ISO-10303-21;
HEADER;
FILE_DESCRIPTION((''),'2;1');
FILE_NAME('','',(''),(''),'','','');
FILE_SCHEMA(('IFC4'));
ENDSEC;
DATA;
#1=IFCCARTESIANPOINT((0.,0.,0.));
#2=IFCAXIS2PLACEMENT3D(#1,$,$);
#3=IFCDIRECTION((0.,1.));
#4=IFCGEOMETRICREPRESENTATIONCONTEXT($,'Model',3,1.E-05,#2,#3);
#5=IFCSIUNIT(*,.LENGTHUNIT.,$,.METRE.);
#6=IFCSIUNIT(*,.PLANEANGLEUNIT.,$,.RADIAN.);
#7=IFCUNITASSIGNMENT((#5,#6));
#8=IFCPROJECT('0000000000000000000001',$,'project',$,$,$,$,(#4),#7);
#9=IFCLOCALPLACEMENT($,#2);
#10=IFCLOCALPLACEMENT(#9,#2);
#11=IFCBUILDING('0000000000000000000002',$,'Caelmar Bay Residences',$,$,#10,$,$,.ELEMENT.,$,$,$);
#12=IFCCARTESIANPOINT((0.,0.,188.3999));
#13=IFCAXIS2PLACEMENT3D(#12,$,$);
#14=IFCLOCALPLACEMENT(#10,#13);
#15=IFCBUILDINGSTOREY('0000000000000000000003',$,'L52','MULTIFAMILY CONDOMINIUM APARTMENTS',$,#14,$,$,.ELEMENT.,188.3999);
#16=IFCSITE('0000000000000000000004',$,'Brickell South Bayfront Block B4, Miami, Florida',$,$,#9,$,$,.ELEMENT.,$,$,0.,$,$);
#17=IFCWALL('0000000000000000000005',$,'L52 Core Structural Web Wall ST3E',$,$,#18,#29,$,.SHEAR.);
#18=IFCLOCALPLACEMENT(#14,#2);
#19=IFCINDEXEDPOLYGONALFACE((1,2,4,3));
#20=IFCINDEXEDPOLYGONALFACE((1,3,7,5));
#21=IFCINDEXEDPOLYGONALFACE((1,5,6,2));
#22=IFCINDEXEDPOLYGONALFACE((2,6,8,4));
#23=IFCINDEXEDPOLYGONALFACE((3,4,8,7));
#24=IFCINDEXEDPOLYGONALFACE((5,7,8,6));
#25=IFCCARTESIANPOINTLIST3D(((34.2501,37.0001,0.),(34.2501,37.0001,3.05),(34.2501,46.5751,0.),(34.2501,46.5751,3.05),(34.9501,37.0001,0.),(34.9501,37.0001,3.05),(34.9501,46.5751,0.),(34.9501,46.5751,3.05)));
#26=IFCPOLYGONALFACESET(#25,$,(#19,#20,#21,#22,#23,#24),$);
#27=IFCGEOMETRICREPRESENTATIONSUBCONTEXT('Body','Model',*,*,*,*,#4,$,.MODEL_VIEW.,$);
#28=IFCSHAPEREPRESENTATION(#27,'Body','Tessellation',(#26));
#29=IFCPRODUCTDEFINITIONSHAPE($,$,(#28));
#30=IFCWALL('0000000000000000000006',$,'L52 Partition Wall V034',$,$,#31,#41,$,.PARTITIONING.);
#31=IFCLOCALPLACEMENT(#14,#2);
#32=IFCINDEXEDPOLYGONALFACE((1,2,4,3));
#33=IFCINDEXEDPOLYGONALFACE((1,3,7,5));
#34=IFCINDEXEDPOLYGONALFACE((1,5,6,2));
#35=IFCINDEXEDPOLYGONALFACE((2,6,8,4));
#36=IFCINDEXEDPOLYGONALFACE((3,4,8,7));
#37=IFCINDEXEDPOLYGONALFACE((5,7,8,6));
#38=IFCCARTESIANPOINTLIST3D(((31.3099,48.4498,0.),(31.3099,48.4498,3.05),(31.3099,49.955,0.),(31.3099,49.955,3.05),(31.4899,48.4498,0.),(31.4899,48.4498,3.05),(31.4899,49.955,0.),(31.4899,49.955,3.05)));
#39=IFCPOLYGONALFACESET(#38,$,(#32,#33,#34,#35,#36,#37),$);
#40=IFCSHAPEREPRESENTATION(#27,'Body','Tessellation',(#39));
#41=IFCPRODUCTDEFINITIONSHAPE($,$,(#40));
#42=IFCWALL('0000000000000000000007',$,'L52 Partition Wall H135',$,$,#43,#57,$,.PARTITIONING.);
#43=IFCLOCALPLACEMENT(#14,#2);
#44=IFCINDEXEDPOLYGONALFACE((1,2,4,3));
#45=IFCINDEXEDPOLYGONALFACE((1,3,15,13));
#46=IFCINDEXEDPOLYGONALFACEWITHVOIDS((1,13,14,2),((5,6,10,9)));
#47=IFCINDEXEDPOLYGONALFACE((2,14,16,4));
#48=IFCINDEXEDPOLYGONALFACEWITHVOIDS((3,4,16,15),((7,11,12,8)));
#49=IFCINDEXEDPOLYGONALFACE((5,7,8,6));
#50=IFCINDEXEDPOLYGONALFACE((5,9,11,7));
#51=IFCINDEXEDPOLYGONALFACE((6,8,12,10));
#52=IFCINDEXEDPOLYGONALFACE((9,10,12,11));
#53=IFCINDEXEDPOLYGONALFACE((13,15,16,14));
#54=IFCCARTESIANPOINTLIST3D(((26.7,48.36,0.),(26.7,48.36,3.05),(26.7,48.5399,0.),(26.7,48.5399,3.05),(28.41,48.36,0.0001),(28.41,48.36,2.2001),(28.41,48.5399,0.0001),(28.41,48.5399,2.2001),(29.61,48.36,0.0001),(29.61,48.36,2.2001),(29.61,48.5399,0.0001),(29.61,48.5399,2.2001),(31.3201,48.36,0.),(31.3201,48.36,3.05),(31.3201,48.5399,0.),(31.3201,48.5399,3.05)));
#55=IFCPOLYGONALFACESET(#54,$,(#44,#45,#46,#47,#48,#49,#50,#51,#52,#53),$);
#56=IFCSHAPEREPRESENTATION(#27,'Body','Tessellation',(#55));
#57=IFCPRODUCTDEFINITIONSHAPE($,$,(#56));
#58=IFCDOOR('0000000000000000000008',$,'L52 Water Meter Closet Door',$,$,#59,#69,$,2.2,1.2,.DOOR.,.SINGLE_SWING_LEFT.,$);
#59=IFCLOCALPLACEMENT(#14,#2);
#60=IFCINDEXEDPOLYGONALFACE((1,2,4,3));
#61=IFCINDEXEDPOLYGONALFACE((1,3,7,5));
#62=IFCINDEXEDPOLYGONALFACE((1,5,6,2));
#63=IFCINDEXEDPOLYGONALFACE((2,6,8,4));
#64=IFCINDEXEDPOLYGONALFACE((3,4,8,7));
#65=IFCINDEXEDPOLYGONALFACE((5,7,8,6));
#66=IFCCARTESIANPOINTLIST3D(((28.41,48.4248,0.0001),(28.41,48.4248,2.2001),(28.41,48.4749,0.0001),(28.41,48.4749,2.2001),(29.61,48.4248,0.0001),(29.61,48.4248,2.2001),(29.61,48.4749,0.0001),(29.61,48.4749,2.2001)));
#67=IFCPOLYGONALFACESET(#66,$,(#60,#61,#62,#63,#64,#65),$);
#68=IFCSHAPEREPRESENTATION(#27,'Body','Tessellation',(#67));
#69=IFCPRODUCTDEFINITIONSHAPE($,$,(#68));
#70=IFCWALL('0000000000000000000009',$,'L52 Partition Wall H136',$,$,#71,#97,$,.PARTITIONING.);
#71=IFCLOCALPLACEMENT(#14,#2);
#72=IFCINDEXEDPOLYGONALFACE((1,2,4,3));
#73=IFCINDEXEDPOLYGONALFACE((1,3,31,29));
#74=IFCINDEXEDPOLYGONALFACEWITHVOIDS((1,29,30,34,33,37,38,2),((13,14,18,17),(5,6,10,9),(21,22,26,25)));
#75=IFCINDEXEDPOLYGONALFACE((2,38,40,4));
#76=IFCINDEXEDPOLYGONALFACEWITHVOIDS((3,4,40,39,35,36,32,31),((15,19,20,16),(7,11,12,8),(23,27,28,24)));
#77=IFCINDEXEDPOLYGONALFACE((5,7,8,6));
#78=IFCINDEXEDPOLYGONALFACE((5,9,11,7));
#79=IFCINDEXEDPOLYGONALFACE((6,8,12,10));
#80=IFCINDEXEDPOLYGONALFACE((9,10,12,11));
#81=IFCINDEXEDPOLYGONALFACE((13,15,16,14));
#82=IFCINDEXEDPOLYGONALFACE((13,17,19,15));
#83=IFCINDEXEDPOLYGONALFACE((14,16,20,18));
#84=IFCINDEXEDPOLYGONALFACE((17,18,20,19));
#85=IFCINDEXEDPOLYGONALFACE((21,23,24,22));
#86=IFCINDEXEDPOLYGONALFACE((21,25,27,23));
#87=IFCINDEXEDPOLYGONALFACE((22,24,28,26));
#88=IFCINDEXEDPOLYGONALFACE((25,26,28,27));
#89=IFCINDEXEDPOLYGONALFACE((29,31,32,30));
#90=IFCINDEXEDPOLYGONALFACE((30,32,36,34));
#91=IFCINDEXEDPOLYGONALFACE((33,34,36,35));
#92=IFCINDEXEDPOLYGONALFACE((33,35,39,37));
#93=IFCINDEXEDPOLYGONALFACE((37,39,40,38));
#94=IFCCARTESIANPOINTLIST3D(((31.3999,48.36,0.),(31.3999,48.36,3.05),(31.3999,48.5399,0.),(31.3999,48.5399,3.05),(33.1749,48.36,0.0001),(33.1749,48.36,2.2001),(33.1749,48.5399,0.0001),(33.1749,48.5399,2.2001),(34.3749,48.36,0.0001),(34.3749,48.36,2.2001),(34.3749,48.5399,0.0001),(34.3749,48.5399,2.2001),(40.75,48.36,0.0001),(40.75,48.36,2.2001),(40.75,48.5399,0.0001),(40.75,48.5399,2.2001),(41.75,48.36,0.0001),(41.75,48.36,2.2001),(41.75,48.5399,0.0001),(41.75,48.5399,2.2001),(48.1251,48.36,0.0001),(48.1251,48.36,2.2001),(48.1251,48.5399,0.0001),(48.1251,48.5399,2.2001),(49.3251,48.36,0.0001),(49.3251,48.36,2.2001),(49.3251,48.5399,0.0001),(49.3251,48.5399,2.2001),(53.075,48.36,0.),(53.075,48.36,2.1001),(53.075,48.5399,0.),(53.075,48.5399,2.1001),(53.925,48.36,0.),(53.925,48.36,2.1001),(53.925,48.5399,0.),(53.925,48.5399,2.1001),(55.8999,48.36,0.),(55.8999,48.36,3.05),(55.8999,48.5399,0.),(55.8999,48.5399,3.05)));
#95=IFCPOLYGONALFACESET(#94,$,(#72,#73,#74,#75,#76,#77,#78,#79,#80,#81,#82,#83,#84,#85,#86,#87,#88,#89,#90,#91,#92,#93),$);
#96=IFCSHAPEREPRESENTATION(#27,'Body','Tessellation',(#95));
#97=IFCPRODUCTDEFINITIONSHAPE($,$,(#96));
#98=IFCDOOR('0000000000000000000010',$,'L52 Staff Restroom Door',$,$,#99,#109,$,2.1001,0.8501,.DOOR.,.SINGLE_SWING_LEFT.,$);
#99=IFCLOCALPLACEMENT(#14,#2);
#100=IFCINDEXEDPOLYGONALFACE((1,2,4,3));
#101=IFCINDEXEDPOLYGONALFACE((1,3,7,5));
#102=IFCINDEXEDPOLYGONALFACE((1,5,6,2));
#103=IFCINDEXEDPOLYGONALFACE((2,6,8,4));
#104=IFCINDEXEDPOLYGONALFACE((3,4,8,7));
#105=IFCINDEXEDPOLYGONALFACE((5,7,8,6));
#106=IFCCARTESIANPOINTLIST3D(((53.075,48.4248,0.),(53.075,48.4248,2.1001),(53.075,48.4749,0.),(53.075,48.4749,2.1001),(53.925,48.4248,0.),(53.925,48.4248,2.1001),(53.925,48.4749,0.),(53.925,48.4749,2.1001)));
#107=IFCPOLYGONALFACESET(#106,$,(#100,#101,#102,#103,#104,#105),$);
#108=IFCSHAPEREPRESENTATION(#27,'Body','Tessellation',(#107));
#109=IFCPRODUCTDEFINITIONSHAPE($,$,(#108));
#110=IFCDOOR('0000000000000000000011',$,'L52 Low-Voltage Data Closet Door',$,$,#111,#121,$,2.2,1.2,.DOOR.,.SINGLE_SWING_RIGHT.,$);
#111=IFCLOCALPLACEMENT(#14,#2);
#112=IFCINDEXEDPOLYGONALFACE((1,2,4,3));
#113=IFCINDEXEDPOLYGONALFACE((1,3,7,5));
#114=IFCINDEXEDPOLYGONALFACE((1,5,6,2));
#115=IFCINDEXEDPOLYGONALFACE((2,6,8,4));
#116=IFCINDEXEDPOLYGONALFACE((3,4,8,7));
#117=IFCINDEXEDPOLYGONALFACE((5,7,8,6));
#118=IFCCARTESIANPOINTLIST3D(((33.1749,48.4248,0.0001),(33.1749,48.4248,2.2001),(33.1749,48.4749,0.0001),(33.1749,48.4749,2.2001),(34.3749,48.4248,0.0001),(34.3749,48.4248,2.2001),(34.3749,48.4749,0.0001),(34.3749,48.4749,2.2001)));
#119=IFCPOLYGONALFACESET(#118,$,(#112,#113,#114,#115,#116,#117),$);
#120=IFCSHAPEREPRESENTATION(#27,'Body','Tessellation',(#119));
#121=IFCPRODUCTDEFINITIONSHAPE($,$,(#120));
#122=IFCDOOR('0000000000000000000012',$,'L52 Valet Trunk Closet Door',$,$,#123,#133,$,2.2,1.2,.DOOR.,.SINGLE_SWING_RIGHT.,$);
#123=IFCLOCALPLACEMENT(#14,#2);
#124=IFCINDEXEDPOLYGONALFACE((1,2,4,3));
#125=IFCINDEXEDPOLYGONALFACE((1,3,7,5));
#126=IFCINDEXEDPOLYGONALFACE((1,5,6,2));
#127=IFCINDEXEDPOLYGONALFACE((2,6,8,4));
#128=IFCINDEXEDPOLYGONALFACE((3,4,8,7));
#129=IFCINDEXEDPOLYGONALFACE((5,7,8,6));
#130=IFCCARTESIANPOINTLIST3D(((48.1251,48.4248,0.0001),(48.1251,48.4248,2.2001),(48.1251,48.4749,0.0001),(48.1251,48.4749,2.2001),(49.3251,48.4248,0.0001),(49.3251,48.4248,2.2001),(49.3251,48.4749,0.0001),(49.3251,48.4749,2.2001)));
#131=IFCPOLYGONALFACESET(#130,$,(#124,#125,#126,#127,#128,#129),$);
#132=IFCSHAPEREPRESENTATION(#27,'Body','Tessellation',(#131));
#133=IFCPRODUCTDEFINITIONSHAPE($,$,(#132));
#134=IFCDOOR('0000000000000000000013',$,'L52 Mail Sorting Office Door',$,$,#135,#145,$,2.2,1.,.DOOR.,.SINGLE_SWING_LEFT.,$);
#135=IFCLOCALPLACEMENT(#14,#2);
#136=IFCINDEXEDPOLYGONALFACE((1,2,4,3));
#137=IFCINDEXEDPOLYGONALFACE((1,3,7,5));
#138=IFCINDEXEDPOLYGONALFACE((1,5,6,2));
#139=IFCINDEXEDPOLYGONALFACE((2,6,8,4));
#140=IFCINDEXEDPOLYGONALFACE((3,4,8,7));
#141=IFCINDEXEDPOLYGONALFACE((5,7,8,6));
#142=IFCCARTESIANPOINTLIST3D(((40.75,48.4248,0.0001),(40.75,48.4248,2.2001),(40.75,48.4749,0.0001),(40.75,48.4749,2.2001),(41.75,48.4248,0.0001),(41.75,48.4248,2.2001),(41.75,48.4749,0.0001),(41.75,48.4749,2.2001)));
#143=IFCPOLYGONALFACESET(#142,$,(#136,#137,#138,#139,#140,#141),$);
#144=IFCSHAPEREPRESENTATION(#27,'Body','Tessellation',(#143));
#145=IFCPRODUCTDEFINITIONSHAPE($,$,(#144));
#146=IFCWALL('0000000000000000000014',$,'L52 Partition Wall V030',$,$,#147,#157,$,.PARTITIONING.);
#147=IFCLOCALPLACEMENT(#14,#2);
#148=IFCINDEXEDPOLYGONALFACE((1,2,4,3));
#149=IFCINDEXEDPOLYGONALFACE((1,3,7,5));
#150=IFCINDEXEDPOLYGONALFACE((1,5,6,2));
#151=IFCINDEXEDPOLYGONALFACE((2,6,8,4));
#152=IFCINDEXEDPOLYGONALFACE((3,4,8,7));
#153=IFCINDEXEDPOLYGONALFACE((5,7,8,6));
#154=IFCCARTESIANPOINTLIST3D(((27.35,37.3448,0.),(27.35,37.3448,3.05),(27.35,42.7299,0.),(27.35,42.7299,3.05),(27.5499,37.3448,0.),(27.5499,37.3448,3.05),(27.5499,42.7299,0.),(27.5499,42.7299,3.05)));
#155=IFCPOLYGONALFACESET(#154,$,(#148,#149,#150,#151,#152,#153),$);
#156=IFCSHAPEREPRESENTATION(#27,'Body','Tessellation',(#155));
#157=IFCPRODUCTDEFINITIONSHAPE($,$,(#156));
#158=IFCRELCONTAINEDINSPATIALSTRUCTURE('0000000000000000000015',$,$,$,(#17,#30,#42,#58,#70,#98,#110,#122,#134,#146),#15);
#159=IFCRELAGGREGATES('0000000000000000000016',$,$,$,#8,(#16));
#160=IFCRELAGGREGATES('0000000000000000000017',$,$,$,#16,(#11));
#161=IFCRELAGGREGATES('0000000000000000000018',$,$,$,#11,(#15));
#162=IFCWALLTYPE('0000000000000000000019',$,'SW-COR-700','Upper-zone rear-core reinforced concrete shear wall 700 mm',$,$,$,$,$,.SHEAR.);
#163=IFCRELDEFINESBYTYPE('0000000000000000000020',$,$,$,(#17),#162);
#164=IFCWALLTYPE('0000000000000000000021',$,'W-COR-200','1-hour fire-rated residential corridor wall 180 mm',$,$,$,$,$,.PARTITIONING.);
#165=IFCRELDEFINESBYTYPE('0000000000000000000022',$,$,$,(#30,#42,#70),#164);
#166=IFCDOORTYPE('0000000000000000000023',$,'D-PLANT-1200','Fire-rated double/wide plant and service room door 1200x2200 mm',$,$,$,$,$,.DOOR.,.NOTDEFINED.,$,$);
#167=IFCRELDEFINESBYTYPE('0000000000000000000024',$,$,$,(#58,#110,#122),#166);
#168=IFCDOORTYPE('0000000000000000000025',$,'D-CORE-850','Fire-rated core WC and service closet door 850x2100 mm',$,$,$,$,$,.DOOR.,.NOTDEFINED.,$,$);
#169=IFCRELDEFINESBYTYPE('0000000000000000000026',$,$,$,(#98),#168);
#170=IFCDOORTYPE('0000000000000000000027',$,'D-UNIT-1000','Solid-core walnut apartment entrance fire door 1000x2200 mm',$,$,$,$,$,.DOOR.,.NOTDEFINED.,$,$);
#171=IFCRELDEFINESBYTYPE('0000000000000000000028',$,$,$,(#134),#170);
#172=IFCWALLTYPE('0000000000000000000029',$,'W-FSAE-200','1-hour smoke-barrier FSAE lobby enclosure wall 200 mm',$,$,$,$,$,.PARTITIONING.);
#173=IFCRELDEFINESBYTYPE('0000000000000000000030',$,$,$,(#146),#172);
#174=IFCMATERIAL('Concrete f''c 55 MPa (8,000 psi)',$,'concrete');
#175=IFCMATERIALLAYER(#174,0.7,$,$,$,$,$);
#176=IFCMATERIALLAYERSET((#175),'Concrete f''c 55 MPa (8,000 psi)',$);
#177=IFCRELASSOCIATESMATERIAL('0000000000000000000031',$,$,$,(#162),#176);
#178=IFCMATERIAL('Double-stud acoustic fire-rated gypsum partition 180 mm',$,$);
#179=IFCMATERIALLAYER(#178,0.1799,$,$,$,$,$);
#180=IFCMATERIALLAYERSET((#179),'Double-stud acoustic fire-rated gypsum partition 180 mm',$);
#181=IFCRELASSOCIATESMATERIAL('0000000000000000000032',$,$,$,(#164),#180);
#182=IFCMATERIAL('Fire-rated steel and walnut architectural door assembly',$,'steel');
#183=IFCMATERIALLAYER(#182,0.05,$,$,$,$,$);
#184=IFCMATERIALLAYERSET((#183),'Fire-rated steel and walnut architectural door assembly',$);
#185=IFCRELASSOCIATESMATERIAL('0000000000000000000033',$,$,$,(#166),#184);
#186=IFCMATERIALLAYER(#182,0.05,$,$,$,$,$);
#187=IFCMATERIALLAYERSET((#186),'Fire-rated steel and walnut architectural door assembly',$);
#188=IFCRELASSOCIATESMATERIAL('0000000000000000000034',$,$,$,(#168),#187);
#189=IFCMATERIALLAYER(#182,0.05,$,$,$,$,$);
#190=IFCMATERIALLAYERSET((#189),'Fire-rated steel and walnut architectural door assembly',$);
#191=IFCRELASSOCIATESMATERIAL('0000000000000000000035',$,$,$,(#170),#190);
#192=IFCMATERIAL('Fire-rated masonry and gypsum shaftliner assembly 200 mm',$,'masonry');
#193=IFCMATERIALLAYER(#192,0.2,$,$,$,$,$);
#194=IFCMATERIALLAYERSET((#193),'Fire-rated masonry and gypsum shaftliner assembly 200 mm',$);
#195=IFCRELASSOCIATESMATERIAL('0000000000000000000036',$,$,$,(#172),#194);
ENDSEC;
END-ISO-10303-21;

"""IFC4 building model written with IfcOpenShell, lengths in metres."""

from ifc_helpers import new_model, si_unit, direction, frame, frame_2d, origin, place, context, subcontext, project, spatial, rectangle, extrude, material, layer, layer_set, type_object, element, fill, save


model = new_model("IFC4")

# Units and contexts
model_context = context("Model", 3, precision=1e-05, world=origin(), true_north=direction((0.0, 1.0)))
body_context = subcontext(model_context, "Body", "Model", "MODEL_VIEW")
ifc_project = project(units=[si_unit("LENGTHUNIT", "METRE"), si_unit("PLANEANGLEUNIT", "RADIAN")], contexts=[model_context])

# Site, building, storey
site_placement = place(None, origin())
site = spatial("IfcSite", under=ifc_project, at=site_placement, Name="Brickell South Bayfront Block B4, Miami, Florida", CompositionType="ELEMENT", RefElevation=0.0)
building_placement = place(site_placement, origin())
building = spatial("IfcBuilding", under=site, at=building_placement, Name="Caelmar Bay Residences", CompositionType="ELEMENT")
storey_placement = place(building_placement, frame((0.0, 0.0, 188.3999)))
storey = spatial("IfcBuildingStorey", under=building, at=storey_placement, Name="L52", Description="MULTIFAMILY CONDOMINIUM APARTMENTS", CompositionType="ELEMENT", Elevation=188.3999)

# Walls
ifc_material_1 = material(Name="Concrete f'c 55 MPa (8,000 psi)", Category="concrete")
ifc_layer_1 = layer(ifc_material_1, 0.7)
ifc_layer_set_1 = layer_set([ifc_layer_1], Name="Concrete f'c 55 MPa (8,000 psi)")
wall_type_1 = type_object("IfcWallType", Name="SW-COR-700", Description="Upper-zone rear-core reinforced concrete shear wall 700 mm", PredefinedType="SHEAR", material=ifc_layer_set_1)
wall_1_placement = place(storey_placement, frame((34.6001, 37.0, 0.0), z_axis=(0.0, 0.0, 1.0), x_axis=(0.0, 1.0, 0.0)))
element("IfcWall", 1, at=wall_1_placement, inside=storey, type_object=wall_type_1, Name="L52 Core Structural Web Wall ST3E", PredefinedType="SHEAR", context=body_context, shape_type="SweptSolid", body=[
    extrude(rectangle(XDim=9.575, YDim=0.7, at=frame_2d((4.7876, 0.0))), origin(), (0.0, 0.0, 1.0), 3.05),
])
ifc_material_2 = material(Name="Double-stud acoustic fire-rated gypsum partition 180 mm")
ifc_layer_2 = layer(ifc_material_2, 0.1799)
ifc_layer_set_2 = layer_set([ifc_layer_2], Name="Double-stud acoustic fire-rated gypsum partition 180 mm")
wall_type_2 = type_object("IfcWallType", Name="W-COR-200", Description="1-hour fire-rated residential corridor wall 180 mm", PredefinedType="PARTITIONING", material=ifc_layer_set_2)
wall_2_placement = place(storey_placement, frame((31.3999, 48.45, 0.0), z_axis=(0.0, 0.0, 1.0), x_axis=(0.0, 1.0, 0.0)))
element("IfcWall", 2, at=wall_2_placement, inside=storey, type_object=wall_type_2, Name="L52 Partition Wall V034", PredefinedType="PARTITIONING", context=body_context, shape_type="SweptSolid", body=[
    extrude(rectangle(XDim=1.5051, YDim=0.1799, at=frame_2d((0.7524, 0.0))), origin(), (0.0, 0.0, 1.0), 3.05),
])

# Wall, opening, door
wall_3_placement = place(storey_placement, frame((26.7, 48.45, 0.0), z_axis=(0.0, 0.0, 1.0), x_axis=(1.0, 0.0, 0.0)))
wall_3 = element("IfcWall", 3, at=wall_3_placement, inside=storey, type_object=wall_type_2, Name="L52 Partition Wall H135", PredefinedType="PARTITIONING", context=body_context, shape_type="SweptSolid", body=[
    extrude(rectangle(XDim=4.6201, YDim=0.1799, at=frame_2d((2.3101, 0.0))), origin(), (0.0, 0.0, 1.0), 3.05),
])
opening_1_placement = place(wall_3_placement, frame((1.71, 0.0, 0.0)))
opening_1 = element("IfcOpeningElement", 4, at=opening_1_placement, cuts=wall_3, PredefinedType="OPENING", context=body_context, shape_type="SweptSolid", body=[
    extrude(rectangle(XDim=1.2, YDim=2.2, at=frame_2d((0.6001, 1.1001))), frame((0.0, 0.0999, 0.0), z_axis=(0.0, -1.0, 0.0), x_axis=(1.0, 0.0, 0.0)), (0.0, 0.0, 1.0), 0.2),
])
ifc_material_3 = material(Name="Fire-rated steel and walnut architectural door assembly", Category="steel")
ifc_layer_3 = layer(ifc_material_3, 0.05)
ifc_layer_set_3 = layer_set([ifc_layer_3], Name="Fire-rated steel and walnut architectural door assembly")
door_type_1 = type_object("IfcDoorType", Name="D-PLANT-1200", Description="Fire-rated double/wide plant and service room door 1200x2200 mm", OperationType="NOTDEFINED", PredefinedType="DOOR", material=ifc_layer_set_3)
door_1_placement = place(opening_1_placement, origin())
door_1 = element("IfcDoor", 5, at=door_1_placement, inside=storey, type_object=door_type_1, Name="L52 Water Meter Closet Door", OperationType="SINGLE_SWING_LEFT", OverallHeight=2.2, OverallWidth=1.2, PredefinedType="DOOR", context=body_context, shape_type="SweptSolid", body=[
    extrude(rectangle(XDim=1.2, YDim=2.2, at=frame_2d((0.6001, 1.1001))), frame((0.0, 0.0249, 0.0), z_axis=(0.0, -1.0, 0.0), x_axis=(1.0, 0.0, 0.0)), (0.0, 0.0, 1.0), 0.05),
])
fill(opening_1, door_1)

# Wall, openings, doors
wall_4_placement = place(storey_placement, frame((31.3999, 48.45, 0.0), z_axis=(0.0, 0.0, 1.0), x_axis=(1.0, 0.0, 0.0)))
wall_4 = element("IfcWall", 6, at=wall_4_placement, inside=storey, type_object=wall_type_2, Name="L52 Partition Wall H136", PredefinedType="PARTITIONING", context=body_context, shape_type="SweptSolid", body=[
    extrude(rectangle(XDim=24.5, YDim=0.1799, at=frame_2d((12.25, 0.0))), origin(), (0.0, 0.0, 1.0), 3.05),
])
opening_2_placement = place(wall_4_placement, frame((1.7749, 0.0, 0.0)))
opening_2 = element("IfcOpeningElement", 7, at=opening_2_placement, cuts=wall_4, PredefinedType="OPENING", context=body_context, shape_type="SweptSolid", body=[
    extrude(rectangle(XDim=1.2, YDim=2.2, at=frame_2d((0.6001, 1.1001))), frame((0.0, 0.0999, 0.0), z_axis=(0.0, -1.0, 0.0), x_axis=(1.0, 0.0, 0.0)), (0.0, 0.0, 1.0), 0.2),
])
opening_3_placement = place(wall_4_placement, frame((9.3501, 0.0, 0.0)))
opening_3 = element("IfcOpeningElement", 8, at=opening_3_placement, cuts=wall_4, PredefinedType="OPENING", context=body_context, shape_type="SweptSolid", body=[
    extrude(rectangle(XDim=1.0, YDim=2.2, at=frame_2d((0.5, 1.1001))), frame((0.0, 0.0999, 0.0), z_axis=(0.0, -1.0, 0.0), x_axis=(1.0, 0.0, 0.0)), (0.0, 0.0, 1.0), 0.2),
])
opening_4_placement = place(wall_4_placement, frame((16.7251, 0.0, 0.0)))
opening_4 = element("IfcOpeningElement", 9, at=opening_4_placement, cuts=wall_4, PredefinedType="OPENING", context=body_context, shape_type="SweptSolid", body=[
    extrude(rectangle(XDim=1.2, YDim=2.2, at=frame_2d((0.6001, 1.1001))), frame((0.0, 0.0999, 0.0), z_axis=(0.0, -1.0, 0.0), x_axis=(1.0, 0.0, 0.0)), (0.0, 0.0, 1.0), 0.2),
])
opening_5_placement = place(wall_4_placement, frame((21.675, 0.0, 0.0)))
opening_5 = element("IfcOpeningElement", 10, at=opening_5_placement, cuts=wall_4, PredefinedType="OPENING", context=body_context, shape_type="SweptSolid", body=[
    extrude(rectangle(XDim=0.8501, YDim=2.1001, at=frame_2d((0.425, 1.05))), frame((0.0, 0.0999, 0.0), z_axis=(0.0, -1.0, 0.0), x_axis=(1.0, 0.0, 0.0)), (0.0, 0.0, 1.0), 0.2),
])
ifc_layer_4 = layer(ifc_material_3, 0.05)
ifc_layer_set_4 = layer_set([ifc_layer_4], Name="Fire-rated steel and walnut architectural door assembly")
door_type_2 = type_object("IfcDoorType", Name="D-CORE-850", Description="Fire-rated core WC and service closet door 850x2100 mm", OperationType="NOTDEFINED", PredefinedType="DOOR", material=ifc_layer_set_4)
door_2_placement = place(opening_5_placement, origin())
door_2 = element("IfcDoor", 11, at=door_2_placement, inside=storey, type_object=door_type_2, Name="L52 Staff Restroom Door", OperationType="SINGLE_SWING_LEFT", OverallHeight=2.1001, OverallWidth=0.8501, PredefinedType="DOOR", context=body_context, shape_type="SweptSolid", body=[
    extrude(rectangle(XDim=0.8501, YDim=2.1001, at=frame_2d((0.425, 1.05))), frame((0.0, 0.0249, 0.0), z_axis=(0.0, -1.0, 0.0), x_axis=(1.0, 0.0, 0.0)), (0.0, 0.0, 1.0), 0.05),
])
fill(opening_5, door_2)
door_3_placement = place(opening_2_placement, origin())
door_3 = element("IfcDoor", 12, at=door_3_placement, inside=storey, type_object=door_type_1, Name="L52 Low-Voltage Data Closet Door", OperationType="SINGLE_SWING_RIGHT", OverallHeight=2.2, OverallWidth=1.2, PredefinedType="DOOR", context=body_context, shape_type="SweptSolid", body=[
    extrude(rectangle(XDim=1.2, YDim=2.2, at=frame_2d((0.6001, 1.1001))), frame((0.0, 0.0249, 0.0), z_axis=(0.0, -1.0, 0.0), x_axis=(1.0, 0.0, 0.0)), (0.0, 0.0, 1.0), 0.05),
])
fill(opening_2, door_3)
door_4_placement = place(opening_4_placement, origin())
door_4 = element("IfcDoor", 13, at=door_4_placement, inside=storey, type_object=door_type_1, Name="L52 Valet Trunk Closet Door", OperationType="SINGLE_SWING_RIGHT", OverallHeight=2.2, OverallWidth=1.2, PredefinedType="DOOR", context=body_context, shape_type="SweptSolid", body=[
    extrude(rectangle(XDim=1.2, YDim=2.2, at=frame_2d((0.6001, 1.1001))), frame((0.0, 0.0249, 0.0), z_axis=(0.0, -1.0, 0.0), x_axis=(1.0, 0.0, 0.0)), (0.0, 0.0, 1.0), 0.05),
])
fill(opening_4, door_4)
ifc_layer_5 = layer(ifc_material_3, 0.05)
ifc_layer_set_5 = layer_set([ifc_layer_5], Name="Fire-rated steel and walnut architectural door assembly")
door_type_3 = type_object("IfcDoorType", Name="D-UNIT-1000", Description="Solid-core walnut apartment entrance fire door 1000x2200 mm", OperationType="NOTDEFINED", PredefinedType="DOOR", material=ifc_layer_set_5)
door_5_placement = place(opening_3_placement, origin())
door_5 = element("IfcDoor", 14, at=door_5_placement, inside=storey, type_object=door_type_3, Name="L52 Mail Sorting Office Door", OperationType="SINGLE_SWING_LEFT", OverallHeight=2.2, OverallWidth=1.0, PredefinedType="DOOR", context=body_context, shape_type="SweptSolid", body=[
    extrude(rectangle(XDim=1.0, YDim=2.2, at=frame_2d((0.5, 1.1001))), frame((0.0, 0.0249, 0.0), z_axis=(0.0, -1.0, 0.0), x_axis=(1.0, 0.0, 0.0)), (0.0, 0.0, 1.0), 0.05),
])
fill(opening_3, door_5)

# Wall
ifc_material_4 = material(Name="Fire-rated masonry and gypsum shaftliner assembly 200 mm", Category="masonry")
ifc_layer_6 = layer(ifc_material_4, 0.2)
ifc_layer_set_6 = layer_set([ifc_layer_6], Name="Fire-rated masonry and gypsum shaftliner assembly 200 mm")
wall_type_3 = type_object("IfcWallType", Name="W-FSAE-200", Description="1-hour smoke-barrier FSAE lobby enclosure wall 200 mm", PredefinedType="PARTITIONING", material=ifc_layer_set_6)
wall_5_placement = place(storey_placement, frame((27.45, 37.345, 0.0), z_axis=(0.0, 0.0, 1.0), x_axis=(0.0, 1.0, 0.0)))
element("IfcWall", 15, at=wall_5_placement, inside=storey, type_object=wall_type_3, Name="L52 Partition Wall V030", PredefinedType="PARTITIONING", context=body_context, shape_type="SweptSolid", body=[
    extrude(rectangle(XDim=5.385, YDim=0.2, at=frame_2d((2.6924, 0.0))), origin(), (0.0, 0.0, 1.0), 3.05),
])

save(model, "model.ifc")
